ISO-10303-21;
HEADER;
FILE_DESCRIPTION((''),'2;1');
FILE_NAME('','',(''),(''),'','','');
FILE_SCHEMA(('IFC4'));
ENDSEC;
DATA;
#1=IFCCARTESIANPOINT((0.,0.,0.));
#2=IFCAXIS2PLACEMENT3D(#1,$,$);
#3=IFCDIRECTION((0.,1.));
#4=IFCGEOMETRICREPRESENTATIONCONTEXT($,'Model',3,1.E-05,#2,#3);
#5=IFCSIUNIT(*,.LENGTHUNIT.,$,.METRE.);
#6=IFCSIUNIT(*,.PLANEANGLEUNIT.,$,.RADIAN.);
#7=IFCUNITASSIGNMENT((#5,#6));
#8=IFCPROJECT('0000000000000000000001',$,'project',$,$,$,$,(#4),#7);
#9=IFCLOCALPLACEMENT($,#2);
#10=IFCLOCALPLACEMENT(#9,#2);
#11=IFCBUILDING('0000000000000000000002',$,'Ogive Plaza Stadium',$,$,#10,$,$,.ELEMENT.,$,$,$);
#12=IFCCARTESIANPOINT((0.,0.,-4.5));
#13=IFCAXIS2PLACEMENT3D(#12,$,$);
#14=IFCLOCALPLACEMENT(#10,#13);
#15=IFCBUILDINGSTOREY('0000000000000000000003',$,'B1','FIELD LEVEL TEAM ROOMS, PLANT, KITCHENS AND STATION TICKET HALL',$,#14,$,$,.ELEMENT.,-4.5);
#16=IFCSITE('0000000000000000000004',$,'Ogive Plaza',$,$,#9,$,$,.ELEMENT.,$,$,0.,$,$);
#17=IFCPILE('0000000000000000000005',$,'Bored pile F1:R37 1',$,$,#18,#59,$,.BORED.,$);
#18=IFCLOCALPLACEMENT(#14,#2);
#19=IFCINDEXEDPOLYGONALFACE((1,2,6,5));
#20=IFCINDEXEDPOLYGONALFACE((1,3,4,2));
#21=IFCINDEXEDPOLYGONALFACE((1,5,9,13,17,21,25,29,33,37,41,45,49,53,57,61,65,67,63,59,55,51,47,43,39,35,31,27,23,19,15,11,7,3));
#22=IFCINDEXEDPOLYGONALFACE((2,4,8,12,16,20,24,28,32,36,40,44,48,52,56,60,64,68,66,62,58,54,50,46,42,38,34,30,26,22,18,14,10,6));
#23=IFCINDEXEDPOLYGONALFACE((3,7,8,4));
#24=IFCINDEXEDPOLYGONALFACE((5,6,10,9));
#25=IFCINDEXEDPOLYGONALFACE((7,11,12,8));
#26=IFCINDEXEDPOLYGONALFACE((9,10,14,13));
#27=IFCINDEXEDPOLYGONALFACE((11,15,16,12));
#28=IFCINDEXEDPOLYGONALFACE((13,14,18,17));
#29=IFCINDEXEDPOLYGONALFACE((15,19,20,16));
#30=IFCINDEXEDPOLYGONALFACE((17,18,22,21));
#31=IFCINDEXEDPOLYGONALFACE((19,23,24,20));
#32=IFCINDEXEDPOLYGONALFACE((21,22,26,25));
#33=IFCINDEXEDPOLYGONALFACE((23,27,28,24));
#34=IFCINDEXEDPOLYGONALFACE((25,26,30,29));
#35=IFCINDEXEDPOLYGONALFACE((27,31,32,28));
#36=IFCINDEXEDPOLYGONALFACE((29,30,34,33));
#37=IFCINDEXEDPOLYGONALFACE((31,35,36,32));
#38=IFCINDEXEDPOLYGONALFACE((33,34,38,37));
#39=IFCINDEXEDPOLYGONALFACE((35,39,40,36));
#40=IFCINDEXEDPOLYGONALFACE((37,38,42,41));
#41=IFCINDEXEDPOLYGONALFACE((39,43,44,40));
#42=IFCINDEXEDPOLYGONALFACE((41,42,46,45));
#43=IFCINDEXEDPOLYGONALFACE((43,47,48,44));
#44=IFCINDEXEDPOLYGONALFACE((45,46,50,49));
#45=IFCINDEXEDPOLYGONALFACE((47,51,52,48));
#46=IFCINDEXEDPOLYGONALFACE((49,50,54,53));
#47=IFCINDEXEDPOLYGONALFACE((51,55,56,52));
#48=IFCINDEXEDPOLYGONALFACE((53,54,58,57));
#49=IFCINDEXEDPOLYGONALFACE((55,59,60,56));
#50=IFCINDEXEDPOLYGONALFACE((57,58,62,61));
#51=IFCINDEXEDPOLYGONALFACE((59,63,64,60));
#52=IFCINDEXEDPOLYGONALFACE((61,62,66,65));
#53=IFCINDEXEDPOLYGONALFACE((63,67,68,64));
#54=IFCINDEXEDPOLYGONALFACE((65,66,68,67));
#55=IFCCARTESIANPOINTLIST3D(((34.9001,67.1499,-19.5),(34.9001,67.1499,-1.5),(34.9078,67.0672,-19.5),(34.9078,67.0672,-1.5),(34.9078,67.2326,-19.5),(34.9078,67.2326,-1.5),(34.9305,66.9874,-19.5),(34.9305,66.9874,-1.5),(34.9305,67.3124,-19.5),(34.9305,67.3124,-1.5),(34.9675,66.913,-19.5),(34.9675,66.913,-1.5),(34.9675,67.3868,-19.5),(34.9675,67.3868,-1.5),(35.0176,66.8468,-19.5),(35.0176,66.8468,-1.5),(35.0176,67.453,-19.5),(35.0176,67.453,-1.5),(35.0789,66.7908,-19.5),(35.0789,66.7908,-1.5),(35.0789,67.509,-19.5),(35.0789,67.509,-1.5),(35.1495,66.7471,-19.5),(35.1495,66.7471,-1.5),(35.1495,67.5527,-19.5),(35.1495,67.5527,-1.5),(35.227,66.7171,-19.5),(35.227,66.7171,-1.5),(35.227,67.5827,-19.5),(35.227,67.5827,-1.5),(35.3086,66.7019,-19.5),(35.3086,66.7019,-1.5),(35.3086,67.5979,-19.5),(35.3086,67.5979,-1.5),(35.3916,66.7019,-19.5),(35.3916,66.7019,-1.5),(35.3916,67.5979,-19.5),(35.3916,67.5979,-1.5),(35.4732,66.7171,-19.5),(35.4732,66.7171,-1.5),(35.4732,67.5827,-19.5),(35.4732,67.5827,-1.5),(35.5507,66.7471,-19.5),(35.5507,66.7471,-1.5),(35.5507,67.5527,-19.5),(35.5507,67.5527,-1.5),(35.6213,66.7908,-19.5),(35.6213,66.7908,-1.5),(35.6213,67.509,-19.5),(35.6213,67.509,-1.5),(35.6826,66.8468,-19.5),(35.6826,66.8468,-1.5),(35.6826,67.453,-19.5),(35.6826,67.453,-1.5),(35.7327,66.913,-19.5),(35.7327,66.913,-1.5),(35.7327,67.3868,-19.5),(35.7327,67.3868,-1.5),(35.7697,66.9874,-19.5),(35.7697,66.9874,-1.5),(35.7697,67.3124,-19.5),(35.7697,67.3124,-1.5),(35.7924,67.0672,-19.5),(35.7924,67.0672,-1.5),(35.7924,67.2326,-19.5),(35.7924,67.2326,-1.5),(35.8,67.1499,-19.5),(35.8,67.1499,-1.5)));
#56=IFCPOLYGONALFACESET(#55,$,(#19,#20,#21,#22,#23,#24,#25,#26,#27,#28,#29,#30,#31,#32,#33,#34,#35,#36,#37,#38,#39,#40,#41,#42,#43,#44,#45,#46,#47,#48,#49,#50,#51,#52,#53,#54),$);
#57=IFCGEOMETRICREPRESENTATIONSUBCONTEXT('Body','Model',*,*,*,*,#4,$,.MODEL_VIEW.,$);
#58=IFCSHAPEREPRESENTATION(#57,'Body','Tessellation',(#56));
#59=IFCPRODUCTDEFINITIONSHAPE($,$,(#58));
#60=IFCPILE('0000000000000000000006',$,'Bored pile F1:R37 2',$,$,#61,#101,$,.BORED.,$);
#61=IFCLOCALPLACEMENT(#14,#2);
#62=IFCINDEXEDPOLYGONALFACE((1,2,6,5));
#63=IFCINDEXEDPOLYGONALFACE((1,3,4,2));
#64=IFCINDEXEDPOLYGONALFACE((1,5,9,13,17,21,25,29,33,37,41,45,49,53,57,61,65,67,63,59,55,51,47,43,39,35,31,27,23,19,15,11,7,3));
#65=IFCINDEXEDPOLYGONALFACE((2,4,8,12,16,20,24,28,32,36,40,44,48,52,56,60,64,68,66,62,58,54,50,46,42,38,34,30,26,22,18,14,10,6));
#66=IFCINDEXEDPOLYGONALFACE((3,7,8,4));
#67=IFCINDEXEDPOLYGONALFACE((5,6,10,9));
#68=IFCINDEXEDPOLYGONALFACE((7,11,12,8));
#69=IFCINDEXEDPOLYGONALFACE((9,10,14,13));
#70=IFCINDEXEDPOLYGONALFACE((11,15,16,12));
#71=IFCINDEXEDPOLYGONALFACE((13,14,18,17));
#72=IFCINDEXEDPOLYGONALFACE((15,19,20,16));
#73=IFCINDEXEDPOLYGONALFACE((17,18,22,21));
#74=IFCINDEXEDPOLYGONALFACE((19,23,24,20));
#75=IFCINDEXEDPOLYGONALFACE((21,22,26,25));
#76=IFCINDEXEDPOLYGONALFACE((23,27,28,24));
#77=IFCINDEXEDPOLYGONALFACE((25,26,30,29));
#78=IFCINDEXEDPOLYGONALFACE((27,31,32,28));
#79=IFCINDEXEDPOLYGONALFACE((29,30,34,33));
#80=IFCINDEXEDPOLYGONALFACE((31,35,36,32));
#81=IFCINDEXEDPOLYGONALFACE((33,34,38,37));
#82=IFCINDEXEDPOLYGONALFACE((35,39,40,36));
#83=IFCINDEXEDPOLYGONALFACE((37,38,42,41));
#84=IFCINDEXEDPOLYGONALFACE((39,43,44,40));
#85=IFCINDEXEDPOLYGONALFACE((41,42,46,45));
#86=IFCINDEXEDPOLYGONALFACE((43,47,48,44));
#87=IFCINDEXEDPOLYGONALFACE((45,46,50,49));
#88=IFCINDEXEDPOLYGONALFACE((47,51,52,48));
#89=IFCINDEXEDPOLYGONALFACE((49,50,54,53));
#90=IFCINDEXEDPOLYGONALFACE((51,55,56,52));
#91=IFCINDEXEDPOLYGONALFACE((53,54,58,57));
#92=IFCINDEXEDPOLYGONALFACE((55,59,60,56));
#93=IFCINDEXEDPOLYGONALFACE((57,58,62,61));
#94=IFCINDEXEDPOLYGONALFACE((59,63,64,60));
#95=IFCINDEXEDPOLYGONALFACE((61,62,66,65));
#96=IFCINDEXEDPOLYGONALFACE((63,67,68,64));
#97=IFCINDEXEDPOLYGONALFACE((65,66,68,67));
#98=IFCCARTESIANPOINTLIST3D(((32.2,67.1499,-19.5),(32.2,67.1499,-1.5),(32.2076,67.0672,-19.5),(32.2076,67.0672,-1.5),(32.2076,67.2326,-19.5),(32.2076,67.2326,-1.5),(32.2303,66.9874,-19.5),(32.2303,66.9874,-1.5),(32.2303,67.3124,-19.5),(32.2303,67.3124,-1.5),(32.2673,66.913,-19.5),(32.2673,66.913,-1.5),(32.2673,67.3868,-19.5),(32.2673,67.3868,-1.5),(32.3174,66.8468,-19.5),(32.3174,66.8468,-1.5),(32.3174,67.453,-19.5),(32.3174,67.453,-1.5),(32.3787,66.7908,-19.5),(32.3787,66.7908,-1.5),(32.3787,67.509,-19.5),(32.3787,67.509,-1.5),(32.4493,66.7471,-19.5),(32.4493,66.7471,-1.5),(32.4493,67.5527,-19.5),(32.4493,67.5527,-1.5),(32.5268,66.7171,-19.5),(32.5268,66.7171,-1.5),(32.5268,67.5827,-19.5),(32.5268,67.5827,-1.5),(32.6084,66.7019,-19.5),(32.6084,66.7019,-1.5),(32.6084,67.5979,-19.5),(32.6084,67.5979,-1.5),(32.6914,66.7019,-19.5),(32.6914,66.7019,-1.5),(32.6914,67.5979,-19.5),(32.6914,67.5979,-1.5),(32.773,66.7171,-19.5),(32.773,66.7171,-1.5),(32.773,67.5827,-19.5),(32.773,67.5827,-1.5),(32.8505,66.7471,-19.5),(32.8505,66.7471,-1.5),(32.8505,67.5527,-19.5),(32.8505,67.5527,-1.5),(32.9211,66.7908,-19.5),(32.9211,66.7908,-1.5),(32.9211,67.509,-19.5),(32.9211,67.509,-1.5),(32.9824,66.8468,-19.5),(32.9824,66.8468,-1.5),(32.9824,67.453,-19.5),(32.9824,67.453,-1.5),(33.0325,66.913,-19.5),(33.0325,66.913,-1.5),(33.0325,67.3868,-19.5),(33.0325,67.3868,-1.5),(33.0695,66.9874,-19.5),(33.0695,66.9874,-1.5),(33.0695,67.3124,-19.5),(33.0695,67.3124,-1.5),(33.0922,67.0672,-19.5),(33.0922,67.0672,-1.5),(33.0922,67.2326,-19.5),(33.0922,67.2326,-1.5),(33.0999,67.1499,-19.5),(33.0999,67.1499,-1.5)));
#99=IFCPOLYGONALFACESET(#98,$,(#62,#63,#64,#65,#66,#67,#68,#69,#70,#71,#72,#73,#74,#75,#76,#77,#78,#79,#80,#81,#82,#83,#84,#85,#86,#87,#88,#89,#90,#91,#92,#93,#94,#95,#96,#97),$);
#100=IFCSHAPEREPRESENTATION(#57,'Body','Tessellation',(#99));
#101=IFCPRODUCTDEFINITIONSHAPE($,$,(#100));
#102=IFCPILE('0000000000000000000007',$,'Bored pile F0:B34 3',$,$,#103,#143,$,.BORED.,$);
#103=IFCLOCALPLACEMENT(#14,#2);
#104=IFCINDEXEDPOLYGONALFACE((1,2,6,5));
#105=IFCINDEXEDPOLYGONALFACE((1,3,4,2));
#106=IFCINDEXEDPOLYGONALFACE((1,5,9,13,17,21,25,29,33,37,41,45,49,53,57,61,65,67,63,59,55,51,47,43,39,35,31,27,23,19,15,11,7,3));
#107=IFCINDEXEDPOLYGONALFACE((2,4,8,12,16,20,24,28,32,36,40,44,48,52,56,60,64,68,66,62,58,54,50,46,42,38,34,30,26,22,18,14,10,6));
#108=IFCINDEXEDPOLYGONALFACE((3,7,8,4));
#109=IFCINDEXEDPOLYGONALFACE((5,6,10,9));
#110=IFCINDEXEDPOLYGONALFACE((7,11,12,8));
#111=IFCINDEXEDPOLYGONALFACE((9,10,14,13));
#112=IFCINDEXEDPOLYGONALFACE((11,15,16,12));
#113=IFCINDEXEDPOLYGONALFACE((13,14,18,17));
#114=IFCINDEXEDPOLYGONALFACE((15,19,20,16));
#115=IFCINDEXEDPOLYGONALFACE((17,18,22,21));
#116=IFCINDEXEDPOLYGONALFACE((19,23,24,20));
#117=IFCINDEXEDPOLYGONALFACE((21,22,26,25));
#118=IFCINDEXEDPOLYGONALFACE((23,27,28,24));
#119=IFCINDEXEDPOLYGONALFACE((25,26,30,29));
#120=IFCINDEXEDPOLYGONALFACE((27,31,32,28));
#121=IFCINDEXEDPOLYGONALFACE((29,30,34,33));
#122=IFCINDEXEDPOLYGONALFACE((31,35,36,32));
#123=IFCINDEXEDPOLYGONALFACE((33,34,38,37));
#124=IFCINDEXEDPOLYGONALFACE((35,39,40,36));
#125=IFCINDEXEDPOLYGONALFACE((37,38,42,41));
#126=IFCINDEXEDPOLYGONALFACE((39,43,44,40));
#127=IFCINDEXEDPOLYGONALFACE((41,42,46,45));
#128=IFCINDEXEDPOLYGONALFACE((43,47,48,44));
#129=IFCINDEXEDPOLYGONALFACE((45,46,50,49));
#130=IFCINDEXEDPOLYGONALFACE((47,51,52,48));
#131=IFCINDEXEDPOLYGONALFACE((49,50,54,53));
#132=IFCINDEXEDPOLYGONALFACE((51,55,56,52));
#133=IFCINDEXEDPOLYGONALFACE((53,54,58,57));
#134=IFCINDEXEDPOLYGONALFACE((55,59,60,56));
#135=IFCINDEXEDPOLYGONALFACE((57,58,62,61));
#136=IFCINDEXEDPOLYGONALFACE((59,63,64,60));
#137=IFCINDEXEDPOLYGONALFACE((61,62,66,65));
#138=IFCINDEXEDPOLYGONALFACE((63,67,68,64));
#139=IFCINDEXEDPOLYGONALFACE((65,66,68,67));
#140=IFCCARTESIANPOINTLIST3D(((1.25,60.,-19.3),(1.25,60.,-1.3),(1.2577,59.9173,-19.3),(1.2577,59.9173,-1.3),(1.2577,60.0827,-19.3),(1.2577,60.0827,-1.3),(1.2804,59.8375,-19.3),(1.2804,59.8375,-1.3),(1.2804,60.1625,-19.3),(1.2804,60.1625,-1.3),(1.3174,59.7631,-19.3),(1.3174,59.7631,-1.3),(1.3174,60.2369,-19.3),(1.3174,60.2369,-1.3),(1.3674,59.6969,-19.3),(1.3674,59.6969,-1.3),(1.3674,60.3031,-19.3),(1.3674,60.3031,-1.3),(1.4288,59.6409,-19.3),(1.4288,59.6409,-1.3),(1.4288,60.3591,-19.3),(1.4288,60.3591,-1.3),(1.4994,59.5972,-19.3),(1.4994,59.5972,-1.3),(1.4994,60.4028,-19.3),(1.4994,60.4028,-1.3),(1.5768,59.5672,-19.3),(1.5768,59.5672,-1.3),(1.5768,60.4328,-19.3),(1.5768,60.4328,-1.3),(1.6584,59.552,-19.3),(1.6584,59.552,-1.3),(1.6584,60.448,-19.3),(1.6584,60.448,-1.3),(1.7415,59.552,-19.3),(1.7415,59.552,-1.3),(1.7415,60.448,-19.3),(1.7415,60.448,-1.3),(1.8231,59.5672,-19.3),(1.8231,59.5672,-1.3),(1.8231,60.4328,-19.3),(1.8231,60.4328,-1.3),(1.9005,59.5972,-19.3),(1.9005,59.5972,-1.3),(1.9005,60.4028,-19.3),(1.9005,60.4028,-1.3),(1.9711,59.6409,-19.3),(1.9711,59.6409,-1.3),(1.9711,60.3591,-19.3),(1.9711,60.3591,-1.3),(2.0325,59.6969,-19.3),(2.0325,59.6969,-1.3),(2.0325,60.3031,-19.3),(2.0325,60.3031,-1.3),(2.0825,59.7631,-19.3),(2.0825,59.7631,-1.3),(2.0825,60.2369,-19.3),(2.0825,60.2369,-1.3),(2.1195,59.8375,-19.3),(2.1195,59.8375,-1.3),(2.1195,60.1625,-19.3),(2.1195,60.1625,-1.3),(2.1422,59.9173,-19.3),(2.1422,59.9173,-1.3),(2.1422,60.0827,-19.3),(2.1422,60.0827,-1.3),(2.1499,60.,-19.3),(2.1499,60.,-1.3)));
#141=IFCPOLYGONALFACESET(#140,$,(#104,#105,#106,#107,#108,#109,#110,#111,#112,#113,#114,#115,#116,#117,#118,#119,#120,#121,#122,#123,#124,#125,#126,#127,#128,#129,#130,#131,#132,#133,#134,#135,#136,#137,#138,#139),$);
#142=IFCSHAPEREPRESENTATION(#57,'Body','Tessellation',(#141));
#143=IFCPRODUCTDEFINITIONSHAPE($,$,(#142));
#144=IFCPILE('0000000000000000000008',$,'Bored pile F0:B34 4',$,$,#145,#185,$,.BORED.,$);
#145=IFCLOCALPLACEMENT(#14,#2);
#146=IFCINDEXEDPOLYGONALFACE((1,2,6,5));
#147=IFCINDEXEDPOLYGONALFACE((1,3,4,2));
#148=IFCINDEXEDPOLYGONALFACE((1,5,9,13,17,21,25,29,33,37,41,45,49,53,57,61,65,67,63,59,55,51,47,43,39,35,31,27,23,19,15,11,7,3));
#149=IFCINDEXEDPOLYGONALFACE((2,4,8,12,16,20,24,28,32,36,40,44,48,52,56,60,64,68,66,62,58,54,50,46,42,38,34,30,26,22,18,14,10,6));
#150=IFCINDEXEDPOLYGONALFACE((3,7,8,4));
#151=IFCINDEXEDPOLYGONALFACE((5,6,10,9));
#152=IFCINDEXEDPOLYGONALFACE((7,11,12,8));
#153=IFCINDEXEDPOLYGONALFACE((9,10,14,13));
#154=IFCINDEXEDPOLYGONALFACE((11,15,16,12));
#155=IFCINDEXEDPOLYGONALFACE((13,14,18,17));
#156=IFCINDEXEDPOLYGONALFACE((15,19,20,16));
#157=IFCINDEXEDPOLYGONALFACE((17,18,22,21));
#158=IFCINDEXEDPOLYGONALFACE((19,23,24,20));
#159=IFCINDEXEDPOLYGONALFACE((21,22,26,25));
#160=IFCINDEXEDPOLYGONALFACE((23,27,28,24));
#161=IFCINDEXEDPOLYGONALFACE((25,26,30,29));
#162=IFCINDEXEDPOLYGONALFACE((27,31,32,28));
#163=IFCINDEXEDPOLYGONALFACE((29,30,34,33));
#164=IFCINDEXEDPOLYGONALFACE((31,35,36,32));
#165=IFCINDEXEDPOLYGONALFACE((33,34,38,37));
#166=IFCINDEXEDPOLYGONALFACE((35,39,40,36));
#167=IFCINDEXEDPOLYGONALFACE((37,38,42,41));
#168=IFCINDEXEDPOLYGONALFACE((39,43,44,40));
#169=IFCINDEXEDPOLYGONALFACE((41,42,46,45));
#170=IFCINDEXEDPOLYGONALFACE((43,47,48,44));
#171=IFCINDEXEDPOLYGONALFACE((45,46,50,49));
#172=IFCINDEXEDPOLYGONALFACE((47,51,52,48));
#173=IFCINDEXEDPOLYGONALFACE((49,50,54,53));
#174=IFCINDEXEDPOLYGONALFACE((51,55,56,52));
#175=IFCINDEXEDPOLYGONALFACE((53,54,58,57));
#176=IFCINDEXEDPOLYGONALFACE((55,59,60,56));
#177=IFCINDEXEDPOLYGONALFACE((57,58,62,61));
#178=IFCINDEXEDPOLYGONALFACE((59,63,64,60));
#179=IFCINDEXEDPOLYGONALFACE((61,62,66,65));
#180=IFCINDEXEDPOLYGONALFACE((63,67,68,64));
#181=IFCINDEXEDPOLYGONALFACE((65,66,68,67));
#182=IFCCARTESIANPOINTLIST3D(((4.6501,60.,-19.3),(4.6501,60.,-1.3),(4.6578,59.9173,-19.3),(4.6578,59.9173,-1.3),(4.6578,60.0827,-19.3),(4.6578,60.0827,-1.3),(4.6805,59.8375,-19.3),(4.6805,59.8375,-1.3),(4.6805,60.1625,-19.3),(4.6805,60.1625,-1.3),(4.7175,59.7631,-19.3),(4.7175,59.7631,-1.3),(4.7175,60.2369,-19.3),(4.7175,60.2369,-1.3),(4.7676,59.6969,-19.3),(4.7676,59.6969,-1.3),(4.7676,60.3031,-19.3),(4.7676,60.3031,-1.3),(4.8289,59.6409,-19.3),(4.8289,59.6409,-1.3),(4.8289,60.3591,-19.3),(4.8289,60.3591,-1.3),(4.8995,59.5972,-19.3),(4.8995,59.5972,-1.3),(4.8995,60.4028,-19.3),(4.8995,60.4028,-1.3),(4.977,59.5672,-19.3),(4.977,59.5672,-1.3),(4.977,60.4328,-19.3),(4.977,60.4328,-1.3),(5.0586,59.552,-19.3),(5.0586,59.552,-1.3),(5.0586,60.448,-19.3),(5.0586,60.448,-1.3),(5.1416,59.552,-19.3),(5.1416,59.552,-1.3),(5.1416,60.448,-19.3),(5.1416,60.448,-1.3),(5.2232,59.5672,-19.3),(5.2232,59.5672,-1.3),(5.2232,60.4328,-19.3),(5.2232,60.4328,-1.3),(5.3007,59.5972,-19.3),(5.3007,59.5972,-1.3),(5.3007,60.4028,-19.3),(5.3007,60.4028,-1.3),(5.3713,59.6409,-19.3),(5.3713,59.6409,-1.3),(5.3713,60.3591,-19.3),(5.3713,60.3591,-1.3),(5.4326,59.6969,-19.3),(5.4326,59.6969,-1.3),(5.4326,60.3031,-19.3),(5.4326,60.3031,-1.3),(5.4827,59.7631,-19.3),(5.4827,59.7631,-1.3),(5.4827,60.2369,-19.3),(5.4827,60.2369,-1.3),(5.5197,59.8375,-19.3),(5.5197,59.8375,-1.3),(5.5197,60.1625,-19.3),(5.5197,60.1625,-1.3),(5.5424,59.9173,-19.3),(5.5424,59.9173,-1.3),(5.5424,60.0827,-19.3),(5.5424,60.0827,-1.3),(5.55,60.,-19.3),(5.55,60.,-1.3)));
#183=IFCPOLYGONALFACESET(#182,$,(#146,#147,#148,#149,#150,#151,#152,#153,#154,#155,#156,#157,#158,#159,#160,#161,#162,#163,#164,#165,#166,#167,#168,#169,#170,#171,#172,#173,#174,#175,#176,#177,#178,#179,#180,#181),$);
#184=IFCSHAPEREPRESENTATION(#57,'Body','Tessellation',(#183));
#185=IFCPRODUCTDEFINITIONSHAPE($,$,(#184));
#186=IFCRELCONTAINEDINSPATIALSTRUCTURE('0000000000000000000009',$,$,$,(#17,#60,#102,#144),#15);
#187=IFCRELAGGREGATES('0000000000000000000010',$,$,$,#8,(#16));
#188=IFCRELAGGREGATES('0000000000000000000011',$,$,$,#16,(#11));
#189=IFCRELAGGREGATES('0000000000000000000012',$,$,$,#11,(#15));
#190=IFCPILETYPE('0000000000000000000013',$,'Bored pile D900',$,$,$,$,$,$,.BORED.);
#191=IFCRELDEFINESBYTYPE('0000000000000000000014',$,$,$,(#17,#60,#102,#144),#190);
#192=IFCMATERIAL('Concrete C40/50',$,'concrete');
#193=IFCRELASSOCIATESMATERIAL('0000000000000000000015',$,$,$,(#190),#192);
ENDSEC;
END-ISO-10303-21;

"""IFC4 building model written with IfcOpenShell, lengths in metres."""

from ifc_helpers import new_model, si_unit, direction, frame, origin, origin_2d, place, context, subcontext, project, spatial, circle, extrude, material, material_profile, profile_set, type_object, element, save


model = new_model("IFC4")

# Units and contexts
model_context = context("Model", 3, precision=1e-05, world=origin(), true_north=direction((0.0, 1.0)))
body_context = subcontext(model_context, "Body", "Model", "MODEL_VIEW")
ifc_project = project(units=[si_unit("LENGTHUNIT", "METRE"), si_unit("PLANEANGLEUNIT", "RADIAN")], contexts=[model_context])

# Site, building, storey
site_placement = place(None, origin())
site = spatial("IfcSite", under=ifc_project, at=site_placement, Name="Ogive Plaza", CompositionType="ELEMENT", RefElevation=0.0)
building_placement = place(site_placement, origin())
building = spatial("IfcBuilding", under=site, at=building_placement, Name="Ogive Plaza Stadium", CompositionType="ELEMENT")
storey_placement = place(building_placement, frame((0.0, 0.0, -4.5)))
storey = spatial("IfcBuildingStorey", under=building, at=storey_placement, Name="B1", Description="FIELD LEVEL TEAM ROOMS, PLANT, KITCHENS AND STATION TICKET HALL", CompositionType="ELEMENT", Elevation=-4.5)

# Piles
ifc_material_1 = material(Name="Concrete C40/50", Category="concrete")
ifc_material_profile_1 = material_profile(ifc_material_1, circle(Radius=0.45, at=origin_2d()), Name="RC D900")
ifc_profile_set_1 = profile_set([ifc_material_profile_1], Name="Concrete C40/50")
pile_type = type_object("IfcPileType", Name="Bored pile D900", PredefinedType="BORED", material=ifc_profile_set_1)
for number, where, z_axis, x_axis, name in (
    (1, (35.3501, 67.1499, -1.5), (0.0, 0.0, -1.0), (1.0, 0.0, 0.0), "Bored pile F1:R37 1"),
    (2, (32.6499, 67.1499, -1.5), (0.0, 0.0, -1.0), (1.0, 0.0, 0.0), "Bored pile F1:R37 2"),
    (3, (1.7, 60.0, -1.3), (0.0, 0.0, -1.0), (1.0, 0.0, 0.0), "Bored pile F0:B34 3"),
    (4, (5.1001, 60.0, -1.3), (0.0, 0.0, -1.0), (1.0, 0.0, 0.0), "Bored pile F0:B34 4"),
):
    element("IfcPile", number, at=place(storey_placement, frame(where, z_axis=z_axis, x_axis=x_axis)), inside=storey, type_object=pile_type, Name=name, PredefinedType="BORED", context=body_context, shape_type="SweptSolid", body=[
        extrude(circle(Radius=0.45, at=origin_2d()), origin(), (0.0, 0.0, 1.0), 18.0),
    ])

save(model, "model.ifc")
